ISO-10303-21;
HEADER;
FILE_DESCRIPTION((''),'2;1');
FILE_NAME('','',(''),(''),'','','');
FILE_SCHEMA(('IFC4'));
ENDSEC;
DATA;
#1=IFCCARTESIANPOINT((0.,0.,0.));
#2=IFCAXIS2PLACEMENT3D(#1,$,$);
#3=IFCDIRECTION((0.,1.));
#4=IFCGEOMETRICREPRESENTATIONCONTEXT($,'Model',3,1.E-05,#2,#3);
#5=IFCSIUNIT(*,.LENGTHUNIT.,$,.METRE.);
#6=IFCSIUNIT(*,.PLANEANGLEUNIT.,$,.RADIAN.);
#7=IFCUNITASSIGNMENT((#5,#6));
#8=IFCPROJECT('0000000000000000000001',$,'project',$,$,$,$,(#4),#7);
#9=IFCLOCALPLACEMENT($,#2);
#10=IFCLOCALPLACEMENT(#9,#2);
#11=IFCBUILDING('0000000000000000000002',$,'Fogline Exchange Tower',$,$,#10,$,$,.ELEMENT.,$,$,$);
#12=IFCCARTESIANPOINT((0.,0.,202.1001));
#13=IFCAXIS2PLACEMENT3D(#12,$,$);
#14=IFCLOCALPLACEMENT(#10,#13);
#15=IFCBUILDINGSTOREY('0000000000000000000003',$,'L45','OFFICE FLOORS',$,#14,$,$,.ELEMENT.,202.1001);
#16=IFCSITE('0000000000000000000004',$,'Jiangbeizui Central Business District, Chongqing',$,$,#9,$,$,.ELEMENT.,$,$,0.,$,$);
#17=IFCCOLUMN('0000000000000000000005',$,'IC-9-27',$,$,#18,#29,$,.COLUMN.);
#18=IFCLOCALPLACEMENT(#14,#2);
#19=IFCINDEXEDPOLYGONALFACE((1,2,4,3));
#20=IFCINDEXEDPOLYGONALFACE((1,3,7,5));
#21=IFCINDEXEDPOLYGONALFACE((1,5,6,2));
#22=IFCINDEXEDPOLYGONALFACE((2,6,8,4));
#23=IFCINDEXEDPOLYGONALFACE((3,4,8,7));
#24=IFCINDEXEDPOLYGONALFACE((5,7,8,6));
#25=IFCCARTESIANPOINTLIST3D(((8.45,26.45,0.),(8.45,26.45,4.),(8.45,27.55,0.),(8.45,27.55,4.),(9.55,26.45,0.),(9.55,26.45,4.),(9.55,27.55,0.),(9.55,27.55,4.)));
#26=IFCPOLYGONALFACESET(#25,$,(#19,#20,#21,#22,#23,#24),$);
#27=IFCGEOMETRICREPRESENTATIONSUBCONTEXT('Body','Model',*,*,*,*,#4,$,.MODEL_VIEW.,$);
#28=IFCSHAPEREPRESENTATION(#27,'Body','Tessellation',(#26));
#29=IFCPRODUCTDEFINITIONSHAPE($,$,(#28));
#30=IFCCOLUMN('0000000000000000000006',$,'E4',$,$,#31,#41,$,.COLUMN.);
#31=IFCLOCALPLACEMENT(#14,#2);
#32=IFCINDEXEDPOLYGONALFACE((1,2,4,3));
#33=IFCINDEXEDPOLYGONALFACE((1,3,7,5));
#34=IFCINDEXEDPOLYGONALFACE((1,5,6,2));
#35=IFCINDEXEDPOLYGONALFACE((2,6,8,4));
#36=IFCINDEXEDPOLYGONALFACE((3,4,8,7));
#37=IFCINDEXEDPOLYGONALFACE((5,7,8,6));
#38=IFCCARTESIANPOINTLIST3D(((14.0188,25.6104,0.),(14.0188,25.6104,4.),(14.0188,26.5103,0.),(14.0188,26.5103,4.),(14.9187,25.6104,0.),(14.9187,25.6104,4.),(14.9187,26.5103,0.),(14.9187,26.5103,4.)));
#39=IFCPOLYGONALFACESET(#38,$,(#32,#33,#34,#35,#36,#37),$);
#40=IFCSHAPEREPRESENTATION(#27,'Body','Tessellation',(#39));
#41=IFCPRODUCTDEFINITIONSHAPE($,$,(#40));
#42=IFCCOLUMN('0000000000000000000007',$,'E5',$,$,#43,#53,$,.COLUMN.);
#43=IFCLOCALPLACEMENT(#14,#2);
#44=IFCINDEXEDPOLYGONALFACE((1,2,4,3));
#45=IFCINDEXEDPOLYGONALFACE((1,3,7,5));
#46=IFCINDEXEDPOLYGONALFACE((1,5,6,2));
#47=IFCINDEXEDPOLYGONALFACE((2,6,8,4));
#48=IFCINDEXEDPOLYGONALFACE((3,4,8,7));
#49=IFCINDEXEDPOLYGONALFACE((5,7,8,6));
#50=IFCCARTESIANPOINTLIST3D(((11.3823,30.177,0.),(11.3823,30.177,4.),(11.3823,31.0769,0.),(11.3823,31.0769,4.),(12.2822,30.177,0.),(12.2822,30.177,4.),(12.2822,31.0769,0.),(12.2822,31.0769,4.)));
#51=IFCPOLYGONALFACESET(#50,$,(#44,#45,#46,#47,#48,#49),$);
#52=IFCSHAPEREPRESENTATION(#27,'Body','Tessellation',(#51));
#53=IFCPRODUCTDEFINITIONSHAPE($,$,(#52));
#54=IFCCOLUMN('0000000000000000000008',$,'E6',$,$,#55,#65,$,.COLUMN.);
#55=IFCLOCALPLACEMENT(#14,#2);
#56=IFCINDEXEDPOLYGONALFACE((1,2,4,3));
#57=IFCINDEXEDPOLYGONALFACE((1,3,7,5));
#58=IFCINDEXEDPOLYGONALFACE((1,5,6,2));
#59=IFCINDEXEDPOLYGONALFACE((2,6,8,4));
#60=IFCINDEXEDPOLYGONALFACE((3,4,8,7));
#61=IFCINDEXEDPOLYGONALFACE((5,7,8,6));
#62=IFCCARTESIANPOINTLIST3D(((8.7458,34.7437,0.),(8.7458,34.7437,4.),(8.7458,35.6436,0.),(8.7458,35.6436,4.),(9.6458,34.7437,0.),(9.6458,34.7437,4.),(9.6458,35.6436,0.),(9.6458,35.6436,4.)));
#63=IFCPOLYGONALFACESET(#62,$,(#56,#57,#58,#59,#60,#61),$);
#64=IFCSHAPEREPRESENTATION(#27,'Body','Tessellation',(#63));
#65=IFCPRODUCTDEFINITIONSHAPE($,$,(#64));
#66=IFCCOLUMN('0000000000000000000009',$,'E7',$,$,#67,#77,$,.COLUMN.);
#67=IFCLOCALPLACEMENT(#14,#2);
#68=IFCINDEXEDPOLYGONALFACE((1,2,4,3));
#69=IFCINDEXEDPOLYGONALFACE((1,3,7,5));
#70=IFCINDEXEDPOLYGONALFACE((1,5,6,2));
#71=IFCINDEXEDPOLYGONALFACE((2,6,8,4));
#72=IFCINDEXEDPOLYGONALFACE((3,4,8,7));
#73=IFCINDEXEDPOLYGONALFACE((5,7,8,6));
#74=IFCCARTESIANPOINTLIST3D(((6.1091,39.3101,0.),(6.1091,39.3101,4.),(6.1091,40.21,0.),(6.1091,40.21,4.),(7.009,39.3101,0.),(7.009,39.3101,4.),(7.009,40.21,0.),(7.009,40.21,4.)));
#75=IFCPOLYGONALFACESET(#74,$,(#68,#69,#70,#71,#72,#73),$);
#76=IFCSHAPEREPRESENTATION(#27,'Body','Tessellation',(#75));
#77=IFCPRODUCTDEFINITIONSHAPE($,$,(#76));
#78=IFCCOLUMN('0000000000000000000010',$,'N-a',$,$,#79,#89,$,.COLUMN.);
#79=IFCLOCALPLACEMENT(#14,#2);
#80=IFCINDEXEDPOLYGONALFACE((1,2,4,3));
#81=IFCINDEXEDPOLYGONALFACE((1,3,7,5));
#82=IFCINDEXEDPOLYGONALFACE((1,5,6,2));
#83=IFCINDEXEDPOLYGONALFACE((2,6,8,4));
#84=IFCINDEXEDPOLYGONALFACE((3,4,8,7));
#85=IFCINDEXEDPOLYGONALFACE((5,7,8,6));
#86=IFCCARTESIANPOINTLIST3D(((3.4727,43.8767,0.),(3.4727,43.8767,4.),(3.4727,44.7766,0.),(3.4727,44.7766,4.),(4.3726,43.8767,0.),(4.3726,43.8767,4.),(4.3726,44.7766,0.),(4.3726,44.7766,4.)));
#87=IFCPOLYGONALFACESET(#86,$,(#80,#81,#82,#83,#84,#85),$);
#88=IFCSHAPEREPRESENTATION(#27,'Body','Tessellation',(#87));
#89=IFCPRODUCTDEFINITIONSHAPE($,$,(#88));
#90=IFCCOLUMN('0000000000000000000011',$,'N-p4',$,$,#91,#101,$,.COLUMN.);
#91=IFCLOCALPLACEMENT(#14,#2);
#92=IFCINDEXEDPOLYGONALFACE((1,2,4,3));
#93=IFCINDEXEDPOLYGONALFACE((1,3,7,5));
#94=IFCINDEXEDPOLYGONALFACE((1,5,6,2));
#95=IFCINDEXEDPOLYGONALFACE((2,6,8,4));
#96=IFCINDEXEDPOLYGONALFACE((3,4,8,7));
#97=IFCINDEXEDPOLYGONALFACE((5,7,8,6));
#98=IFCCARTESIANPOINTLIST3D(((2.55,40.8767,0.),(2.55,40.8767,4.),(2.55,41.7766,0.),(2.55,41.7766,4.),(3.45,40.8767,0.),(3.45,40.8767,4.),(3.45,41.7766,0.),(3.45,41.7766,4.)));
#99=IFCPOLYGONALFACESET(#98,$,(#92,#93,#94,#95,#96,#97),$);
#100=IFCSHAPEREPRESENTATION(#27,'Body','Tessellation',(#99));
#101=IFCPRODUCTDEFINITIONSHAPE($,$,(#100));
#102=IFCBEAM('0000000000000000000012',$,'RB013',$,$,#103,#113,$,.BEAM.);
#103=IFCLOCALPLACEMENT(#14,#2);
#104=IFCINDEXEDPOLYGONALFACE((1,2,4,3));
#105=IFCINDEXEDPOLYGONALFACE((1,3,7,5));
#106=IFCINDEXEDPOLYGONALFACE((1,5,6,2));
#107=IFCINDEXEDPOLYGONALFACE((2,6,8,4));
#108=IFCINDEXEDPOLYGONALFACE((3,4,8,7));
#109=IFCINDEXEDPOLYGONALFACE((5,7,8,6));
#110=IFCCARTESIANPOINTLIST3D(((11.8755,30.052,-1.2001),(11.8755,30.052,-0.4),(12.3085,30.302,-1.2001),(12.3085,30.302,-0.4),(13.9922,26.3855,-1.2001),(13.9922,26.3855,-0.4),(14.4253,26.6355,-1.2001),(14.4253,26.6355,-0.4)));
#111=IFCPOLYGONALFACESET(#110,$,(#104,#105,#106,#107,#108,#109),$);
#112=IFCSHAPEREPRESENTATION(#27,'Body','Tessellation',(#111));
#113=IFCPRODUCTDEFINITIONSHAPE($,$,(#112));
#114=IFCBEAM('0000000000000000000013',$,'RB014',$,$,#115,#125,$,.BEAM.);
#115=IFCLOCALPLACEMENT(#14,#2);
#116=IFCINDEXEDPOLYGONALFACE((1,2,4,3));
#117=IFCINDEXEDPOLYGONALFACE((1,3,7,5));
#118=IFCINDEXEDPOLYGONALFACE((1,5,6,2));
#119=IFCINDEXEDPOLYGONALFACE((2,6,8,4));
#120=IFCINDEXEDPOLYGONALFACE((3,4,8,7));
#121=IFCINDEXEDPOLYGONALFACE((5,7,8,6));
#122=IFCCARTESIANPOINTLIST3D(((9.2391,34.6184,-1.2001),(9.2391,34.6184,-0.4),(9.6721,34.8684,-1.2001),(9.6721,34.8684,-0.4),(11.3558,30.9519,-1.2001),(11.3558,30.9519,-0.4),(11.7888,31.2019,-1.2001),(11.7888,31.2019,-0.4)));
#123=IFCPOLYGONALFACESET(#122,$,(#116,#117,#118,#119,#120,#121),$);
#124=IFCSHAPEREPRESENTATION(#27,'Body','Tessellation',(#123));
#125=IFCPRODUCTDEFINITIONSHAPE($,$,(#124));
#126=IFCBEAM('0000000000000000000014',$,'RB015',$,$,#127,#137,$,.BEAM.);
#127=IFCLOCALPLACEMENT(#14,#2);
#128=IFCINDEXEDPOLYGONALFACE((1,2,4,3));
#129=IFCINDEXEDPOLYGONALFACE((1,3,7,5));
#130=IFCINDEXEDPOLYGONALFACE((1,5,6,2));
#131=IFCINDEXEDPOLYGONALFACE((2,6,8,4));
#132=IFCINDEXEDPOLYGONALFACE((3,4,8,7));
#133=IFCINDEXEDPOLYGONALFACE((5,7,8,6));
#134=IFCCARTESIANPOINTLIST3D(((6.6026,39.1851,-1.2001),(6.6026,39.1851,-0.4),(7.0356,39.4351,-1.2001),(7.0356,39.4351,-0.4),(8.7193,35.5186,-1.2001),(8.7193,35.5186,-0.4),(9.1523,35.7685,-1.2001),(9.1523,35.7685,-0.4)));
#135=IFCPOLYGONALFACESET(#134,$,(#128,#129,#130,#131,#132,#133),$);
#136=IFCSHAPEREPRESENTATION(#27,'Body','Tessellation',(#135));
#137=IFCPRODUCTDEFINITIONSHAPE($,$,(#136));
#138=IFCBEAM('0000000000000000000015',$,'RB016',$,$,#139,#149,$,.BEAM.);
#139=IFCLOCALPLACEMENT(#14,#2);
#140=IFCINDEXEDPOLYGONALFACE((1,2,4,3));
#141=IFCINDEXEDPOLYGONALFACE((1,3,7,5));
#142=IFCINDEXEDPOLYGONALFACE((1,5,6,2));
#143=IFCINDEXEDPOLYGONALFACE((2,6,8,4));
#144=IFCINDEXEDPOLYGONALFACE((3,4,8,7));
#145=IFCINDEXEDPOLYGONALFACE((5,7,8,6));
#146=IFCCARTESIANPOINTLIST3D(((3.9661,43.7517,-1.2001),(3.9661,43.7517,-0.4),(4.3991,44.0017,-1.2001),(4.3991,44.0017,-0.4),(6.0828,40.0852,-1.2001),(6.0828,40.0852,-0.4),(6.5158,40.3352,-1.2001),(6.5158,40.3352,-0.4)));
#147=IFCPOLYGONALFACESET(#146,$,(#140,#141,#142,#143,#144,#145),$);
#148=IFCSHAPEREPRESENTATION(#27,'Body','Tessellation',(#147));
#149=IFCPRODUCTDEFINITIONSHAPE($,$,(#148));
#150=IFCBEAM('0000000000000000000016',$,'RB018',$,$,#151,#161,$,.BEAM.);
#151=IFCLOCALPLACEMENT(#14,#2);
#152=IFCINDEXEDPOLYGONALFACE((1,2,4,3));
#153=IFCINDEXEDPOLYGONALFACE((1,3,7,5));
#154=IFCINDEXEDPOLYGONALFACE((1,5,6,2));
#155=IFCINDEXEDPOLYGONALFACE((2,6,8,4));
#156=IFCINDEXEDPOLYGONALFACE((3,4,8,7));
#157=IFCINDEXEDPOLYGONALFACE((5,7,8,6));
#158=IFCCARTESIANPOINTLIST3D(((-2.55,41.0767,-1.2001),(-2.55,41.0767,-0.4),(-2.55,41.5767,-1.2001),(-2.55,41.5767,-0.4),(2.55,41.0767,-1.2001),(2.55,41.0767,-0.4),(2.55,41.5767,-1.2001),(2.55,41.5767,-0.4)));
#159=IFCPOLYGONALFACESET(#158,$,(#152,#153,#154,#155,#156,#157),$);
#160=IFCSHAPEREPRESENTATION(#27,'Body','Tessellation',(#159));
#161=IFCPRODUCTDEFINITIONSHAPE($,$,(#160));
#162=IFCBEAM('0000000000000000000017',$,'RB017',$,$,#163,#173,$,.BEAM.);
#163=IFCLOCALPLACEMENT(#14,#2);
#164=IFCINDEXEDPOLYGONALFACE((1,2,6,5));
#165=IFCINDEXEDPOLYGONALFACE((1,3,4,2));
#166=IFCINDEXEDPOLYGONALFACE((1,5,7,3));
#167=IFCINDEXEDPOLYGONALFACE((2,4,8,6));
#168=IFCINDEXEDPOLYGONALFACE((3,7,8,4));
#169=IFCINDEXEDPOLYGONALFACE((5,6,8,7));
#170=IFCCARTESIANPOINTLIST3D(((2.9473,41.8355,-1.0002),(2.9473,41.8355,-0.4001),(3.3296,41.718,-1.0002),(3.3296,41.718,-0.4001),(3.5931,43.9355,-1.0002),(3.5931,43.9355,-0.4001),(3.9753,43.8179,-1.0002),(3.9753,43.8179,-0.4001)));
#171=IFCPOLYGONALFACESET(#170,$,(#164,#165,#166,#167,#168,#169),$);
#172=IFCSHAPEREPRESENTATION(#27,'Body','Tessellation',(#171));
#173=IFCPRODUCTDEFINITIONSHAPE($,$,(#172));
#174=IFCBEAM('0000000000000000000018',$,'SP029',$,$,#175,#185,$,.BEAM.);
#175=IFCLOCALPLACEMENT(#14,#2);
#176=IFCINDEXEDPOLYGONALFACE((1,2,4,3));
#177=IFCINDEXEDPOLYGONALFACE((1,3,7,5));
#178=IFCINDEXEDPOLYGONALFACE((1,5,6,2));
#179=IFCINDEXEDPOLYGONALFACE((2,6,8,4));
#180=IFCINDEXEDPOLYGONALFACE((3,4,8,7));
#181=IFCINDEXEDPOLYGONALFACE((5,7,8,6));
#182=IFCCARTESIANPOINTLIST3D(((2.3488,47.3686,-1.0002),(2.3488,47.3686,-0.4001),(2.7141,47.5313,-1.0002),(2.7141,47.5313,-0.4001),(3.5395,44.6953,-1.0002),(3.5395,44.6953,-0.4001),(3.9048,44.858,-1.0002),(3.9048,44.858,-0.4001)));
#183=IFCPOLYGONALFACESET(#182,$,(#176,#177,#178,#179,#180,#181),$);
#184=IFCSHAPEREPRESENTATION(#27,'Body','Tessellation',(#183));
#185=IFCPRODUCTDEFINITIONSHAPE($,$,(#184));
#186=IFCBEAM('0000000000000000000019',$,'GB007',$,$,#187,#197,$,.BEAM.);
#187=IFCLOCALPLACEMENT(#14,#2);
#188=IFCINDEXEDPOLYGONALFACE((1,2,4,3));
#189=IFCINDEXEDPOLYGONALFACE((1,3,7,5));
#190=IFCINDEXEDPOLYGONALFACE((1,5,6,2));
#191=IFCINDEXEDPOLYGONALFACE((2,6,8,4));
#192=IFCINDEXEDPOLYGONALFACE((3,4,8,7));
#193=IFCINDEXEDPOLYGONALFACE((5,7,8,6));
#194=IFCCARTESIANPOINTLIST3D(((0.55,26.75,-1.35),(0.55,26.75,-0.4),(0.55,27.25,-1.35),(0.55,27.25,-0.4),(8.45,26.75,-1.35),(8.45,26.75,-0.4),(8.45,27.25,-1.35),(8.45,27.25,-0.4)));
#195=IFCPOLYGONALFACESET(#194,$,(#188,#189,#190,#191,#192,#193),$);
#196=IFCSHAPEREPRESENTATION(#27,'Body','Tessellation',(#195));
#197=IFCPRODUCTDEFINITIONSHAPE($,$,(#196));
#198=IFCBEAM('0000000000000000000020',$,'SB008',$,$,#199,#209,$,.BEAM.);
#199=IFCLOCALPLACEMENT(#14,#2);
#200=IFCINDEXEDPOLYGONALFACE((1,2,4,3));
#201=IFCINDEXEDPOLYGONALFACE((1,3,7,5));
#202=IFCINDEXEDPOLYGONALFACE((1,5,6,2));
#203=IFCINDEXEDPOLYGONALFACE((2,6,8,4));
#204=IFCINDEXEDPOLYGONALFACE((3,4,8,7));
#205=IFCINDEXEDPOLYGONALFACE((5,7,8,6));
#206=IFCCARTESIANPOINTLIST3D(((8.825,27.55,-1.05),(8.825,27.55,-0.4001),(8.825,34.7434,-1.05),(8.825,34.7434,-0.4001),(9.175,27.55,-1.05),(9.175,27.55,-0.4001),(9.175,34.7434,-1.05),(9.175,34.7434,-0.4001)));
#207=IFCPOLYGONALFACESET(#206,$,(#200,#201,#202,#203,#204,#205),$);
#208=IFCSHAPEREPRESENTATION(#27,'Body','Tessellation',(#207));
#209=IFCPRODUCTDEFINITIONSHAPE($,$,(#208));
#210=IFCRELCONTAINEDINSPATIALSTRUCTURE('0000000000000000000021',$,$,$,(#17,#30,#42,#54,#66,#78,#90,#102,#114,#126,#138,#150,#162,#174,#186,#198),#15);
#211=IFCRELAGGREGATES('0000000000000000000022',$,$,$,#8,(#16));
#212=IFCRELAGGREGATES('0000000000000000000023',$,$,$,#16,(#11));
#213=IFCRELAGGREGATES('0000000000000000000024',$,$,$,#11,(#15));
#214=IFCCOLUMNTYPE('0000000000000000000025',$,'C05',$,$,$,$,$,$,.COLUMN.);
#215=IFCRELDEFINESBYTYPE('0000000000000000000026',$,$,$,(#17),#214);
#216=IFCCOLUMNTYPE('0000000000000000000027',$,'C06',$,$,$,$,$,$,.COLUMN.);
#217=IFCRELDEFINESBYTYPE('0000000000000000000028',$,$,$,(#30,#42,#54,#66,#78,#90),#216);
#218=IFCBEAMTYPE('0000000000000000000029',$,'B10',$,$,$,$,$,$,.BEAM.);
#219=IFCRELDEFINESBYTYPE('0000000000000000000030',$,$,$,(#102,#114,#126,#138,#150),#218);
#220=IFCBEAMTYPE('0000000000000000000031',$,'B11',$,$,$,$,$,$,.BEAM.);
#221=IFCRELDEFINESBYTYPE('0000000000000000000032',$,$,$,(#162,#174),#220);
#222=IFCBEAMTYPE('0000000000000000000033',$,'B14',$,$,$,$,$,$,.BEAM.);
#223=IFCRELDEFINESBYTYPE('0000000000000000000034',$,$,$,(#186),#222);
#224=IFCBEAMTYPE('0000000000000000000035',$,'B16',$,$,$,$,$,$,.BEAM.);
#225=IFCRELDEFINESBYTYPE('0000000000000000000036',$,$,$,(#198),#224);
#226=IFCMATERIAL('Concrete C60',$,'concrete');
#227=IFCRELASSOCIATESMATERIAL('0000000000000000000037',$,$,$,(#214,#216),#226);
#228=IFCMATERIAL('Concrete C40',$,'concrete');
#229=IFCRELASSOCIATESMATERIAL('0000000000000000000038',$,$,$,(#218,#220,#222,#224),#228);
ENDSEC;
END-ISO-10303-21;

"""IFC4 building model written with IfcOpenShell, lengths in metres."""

from ifc_helpers import new_model, si_unit, direction, frame, origin, origin_2d, place, context, subcontext, project, spatial, rectangle, extrude, material, material_profile, profile_set, type_object, element, save


model = new_model("IFC4")

# Units and contexts
model_context = context("Model", 3, precision=1e-05, world=origin(), true_north=direction((0.0, 1.0)))
body_context = subcontext(model_context, "Body", "Model", "MODEL_VIEW")
ifc_project = project(units=[si_unit("LENGTHUNIT", "METRE"), si_unit("PLANEANGLEUNIT", "RADIAN")], contexts=[model_context])

# Site, building, storey
site_placement = place(None, origin())
site = spatial("IfcSite", under=ifc_project, at=site_placement, Name="Jiangbeizui Central Business District, Chongqing", CompositionType="ELEMENT", RefElevation=0.0)
building_placement = place(site_placement, origin())
building = spatial("IfcBuilding", under=site, at=building_placement, Name="Fogline Exchange Tower", CompositionType="ELEMENT")
storey_placement = place(building_placement, frame((0.0, 0.0, 202.1001)))
storey = spatial("IfcBuildingStorey", under=building, at=storey_placement, Name="L45", Description="OFFICE FLOORS", CompositionType="ELEMENT", Elevation=202.1001)

# Columns
ifc_material_1 = material(Name="Concrete C60", Category="concrete")
ifc_material_profile_1 = material_profile(ifc_material_1, rectangle(XDim=1.1001, YDim=1.1001, at=origin_2d()), Name="RC 1100x1100")
ifc_profile_set_1 = profile_set([ifc_material_profile_1], Name="Concrete C60")
column_type_1 = type_object("IfcColumnType", Name="C05", PredefinedType="COLUMN", material=ifc_profile_set_1)
column_placement = place(storey_placement, frame((9.0, 27.0, 0.0), z_axis=(0.0, 0.0, 1.0), x_axis=(1.0, 0.0, 0.0)))
element("IfcColumn", 1, at=column_placement, inside=storey, type_object=column_type_1, Name="IC-9-27", PredefinedType="COLUMN", context=body_context, shape_type="SweptSolid", body=[
    extrude(rectangle(XDim=1.1001, YDim=1.1001, at=origin_2d()), origin(), (0.0, 0.0, 1.0), 4.0),
])
ifc_material_profile_2 = material_profile(ifc_material_1, rectangle(XDim=0.8999, YDim=0.8999, at=origin_2d()), Name="RC 900x900")
ifc_profile_set_2 = profile_set([ifc_material_profile_2], Name="Concrete C60")
column_type_2 = type_object("IfcColumnType", Name="C06", PredefinedType="COLUMN", material=ifc_profile_set_2)
for number, where, z_axis, x_axis, name in (
    (2, (14.4688, 26.0603, 0.0), (0.0, 0.0, 1.0), (1.0, 0.0, 0.0), "E4"),
    (3, (11.8323, 30.627, 0.0), (0.0, 0.0, 1.0), (1.0, 0.0, 0.0), "E5"),
    (4, (9.1958, 35.1936, 0.0), (0.0, 0.0, 1.0), (1.0, 0.0, 0.0), "E6"),
    (5, (6.5591, 39.76, 0.0), (0.0, 0.0, 1.0), (1.0, 0.0, 0.0), "E7"),
    (6, (3.9226, 44.3267, 0.0), (0.0, 0.0, 1.0), (1.0, 0.0, 0.0), "N-a"),
    (7, (3.0, 41.3267, 0.0), (0.0, 0.0, 1.0), (1.0, 0.0, 0.0), "N-p4"),
):
    element("IfcColumn", number, at=place(storey_placement, frame(where, z_axis=z_axis, x_axis=x_axis)), inside=storey, type_object=column_type_2, Name=name, PredefinedType="COLUMN", context=body_context, shape_type="SweptSolid", body=[
        extrude(rectangle(XDim=0.8999, YDim=0.8999, at=origin_2d()), origin(), (0.0, 0.0, 1.0), 4.0),
    ])

# Beams
ifc_material_2 = material(Name="Concrete C40", Category="concrete")
ifc_material_profile_3 = material_profile(ifc_material_2, rectangle(XDim=0.5, YDim=0.8, at=origin_2d()), Name="RC 500x800")
ifc_profile_set_3 = profile_set([ifc_material_profile_3], Name="Concrete C40")
beam_type_1 = type_object("IfcBeamType", Name="B10", PredefinedType="BEAM", material=ifc_profile_set_3)
for number, where, z_axis, x_axis, name in (
    (8, (14.2087, 26.5105, -0.8), (-0.499972, 0.866042, 0.0), (-0.866042, -0.499972, 0.0), "RB013"),
    (9, (11.5723, 31.0769, -0.8), (-0.499972, 0.866042, 0.0), (-0.866042, -0.499972, 0.0), "RB014"),
    (10, (8.9358, 35.6436, -0.8), (-0.499972, 0.866042, 0.0), (-0.866042, -0.499972, 0.0), "RB015"),
    (11, (6.2993, 40.2102, -0.8), (-0.499972, 0.866042, 0.0), (-0.866042, -0.499972, 0.0), "RB016"),
):
    element("IfcBeam", number, at=place(storey_placement, frame(where, z_axis=z_axis, x_axis=x_axis)), inside=storey, type_object=beam_type_1, Name=name, PredefinedType="BEAM", context=body_context, shape_type="SweptSolid", body=[
        extrude(rectangle(XDim=0.5, YDim=0.8, at=origin_2d()), origin(), (0.0, 0.0, 1.0), 4.2336),
    ])
beam_1_placement = place(storey_placement, frame((2.55, 41.3267, -0.8), z_axis=(-1.0, 0.0, 0.0), x_axis=(0.0, -1.0, 0.0)))
element("IfcBeam", 12, at=beam_1_placement, inside=storey, type_object=beam_type_1, Name="RB018", PredefinedType="BEAM", context=body_context, shape_type="SweptSolid", body=[
    extrude(rectangle(XDim=0.5, YDim=0.8, at=origin_2d()), origin(), (0.0, 0.0, 1.0), 5.1001),
])
ifc_material_profile_4 = material_profile(ifc_material_2, rectangle(XDim=0.3999, YDim=0.6001, at=origin_2d()), Name="RC 400x600")
ifc_profile_set_4 = profile_set([ifc_material_profile_4], Name="Concrete C40")
beam_type_2 = type_object("IfcBeamType", Name="B11", PredefinedType="BEAM", material=ifc_profile_set_4)
beam_2_placement = place(storey_placement, frame((3.7842, 43.8767, -0.7002), z_axis=(-0.293906, -0.955834, 0.0), x_axis=(0.955834, -0.293906, 0.0)))
element("IfcBeam", 13, at=beam_2_placement, inside=storey, type_object=beam_type_2, Name="RB017", PredefinedType="BEAM", context=body_context, shape_type="SweptSolid", body=[
    extrude(rectangle(XDim=0.3999, YDim=0.6001, at=origin_2d()), origin(), (0.0, 0.0, 1.0), 2.197),
])
beam_3_placement = place(storey_placement, frame((3.7222, 44.7766, -0.7002), z_axis=(-0.406858, 0.913491, 0.0), x_axis=(-0.913491, -0.406858, 0.0)))
element("IfcBeam", 14, at=beam_3_placement, inside=storey, type_object=beam_type_2, Name="SP029", PredefinedType="BEAM", context=body_context, shape_type="SweptSolid", body=[
    extrude(rectangle(XDim=0.3999, YDim=0.6001, at=origin_2d()), origin(), (0.0, 0.0, 1.0), 2.9265),
])
ifc_material_profile_5 = material_profile(ifc_material_2, rectangle(XDim=0.5, YDim=0.95, at=origin_2d()), Name="RC 500x950")
ifc_profile_set_5 = profile_set([ifc_material_profile_5], Name="Concrete C40")
beam_type_3 = type_object("IfcBeamType", Name="B14", PredefinedType="BEAM", material=ifc_profile_set_5)
beam_4_placement = place(storey_placement, frame((0.55, 27.0, -0.875), z_axis=(1.0, 0.0, 0.0), x_axis=(0.0, 1.0, 0.0)))
element("IfcBeam", 15, at=beam_4_placement, inside=storey, type_object=beam_type_3, Name="GB007", PredefinedType="BEAM", context=body_context, shape_type="SweptSolid", body=[
    extrude(rectangle(XDim=0.5, YDim=0.95, at=origin_2d()), origin(), (0.0, 0.0, 1.0), 7.8999),
])
ifc_material_profile_6 = material_profile(ifc_material_2, rectangle(XDim=0.3501, YDim=0.6499, at=origin_2d()), Name="RC 350x650")
ifc_profile_set_6 = profile_set([ifc_material_profile_6], Name="Concrete C40")
beam_type_4 = type_object("IfcBeamType", Name="B16", PredefinedType="BEAM", material=ifc_profile_set_6)
beam_5_placement = place(storey_placement, frame((9.0, 27.55, -0.7251), z_axis=(0.0, 1.0, 0.0), x_axis=(-1.0, 0.0, 0.0)))
element("IfcBeam", 16, at=beam_5_placement, inside=storey, type_object=beam_type_4, Name="SB008", PredefinedType="BEAM", context=body_context, shape_type="SweptSolid", body=[
    extrude(rectangle(XDim=0.3501, YDim=0.6499, at=origin_2d()), origin(), (0.0, 0.0, 1.0), 7.1934),
])

save(model, "model.ifc")
